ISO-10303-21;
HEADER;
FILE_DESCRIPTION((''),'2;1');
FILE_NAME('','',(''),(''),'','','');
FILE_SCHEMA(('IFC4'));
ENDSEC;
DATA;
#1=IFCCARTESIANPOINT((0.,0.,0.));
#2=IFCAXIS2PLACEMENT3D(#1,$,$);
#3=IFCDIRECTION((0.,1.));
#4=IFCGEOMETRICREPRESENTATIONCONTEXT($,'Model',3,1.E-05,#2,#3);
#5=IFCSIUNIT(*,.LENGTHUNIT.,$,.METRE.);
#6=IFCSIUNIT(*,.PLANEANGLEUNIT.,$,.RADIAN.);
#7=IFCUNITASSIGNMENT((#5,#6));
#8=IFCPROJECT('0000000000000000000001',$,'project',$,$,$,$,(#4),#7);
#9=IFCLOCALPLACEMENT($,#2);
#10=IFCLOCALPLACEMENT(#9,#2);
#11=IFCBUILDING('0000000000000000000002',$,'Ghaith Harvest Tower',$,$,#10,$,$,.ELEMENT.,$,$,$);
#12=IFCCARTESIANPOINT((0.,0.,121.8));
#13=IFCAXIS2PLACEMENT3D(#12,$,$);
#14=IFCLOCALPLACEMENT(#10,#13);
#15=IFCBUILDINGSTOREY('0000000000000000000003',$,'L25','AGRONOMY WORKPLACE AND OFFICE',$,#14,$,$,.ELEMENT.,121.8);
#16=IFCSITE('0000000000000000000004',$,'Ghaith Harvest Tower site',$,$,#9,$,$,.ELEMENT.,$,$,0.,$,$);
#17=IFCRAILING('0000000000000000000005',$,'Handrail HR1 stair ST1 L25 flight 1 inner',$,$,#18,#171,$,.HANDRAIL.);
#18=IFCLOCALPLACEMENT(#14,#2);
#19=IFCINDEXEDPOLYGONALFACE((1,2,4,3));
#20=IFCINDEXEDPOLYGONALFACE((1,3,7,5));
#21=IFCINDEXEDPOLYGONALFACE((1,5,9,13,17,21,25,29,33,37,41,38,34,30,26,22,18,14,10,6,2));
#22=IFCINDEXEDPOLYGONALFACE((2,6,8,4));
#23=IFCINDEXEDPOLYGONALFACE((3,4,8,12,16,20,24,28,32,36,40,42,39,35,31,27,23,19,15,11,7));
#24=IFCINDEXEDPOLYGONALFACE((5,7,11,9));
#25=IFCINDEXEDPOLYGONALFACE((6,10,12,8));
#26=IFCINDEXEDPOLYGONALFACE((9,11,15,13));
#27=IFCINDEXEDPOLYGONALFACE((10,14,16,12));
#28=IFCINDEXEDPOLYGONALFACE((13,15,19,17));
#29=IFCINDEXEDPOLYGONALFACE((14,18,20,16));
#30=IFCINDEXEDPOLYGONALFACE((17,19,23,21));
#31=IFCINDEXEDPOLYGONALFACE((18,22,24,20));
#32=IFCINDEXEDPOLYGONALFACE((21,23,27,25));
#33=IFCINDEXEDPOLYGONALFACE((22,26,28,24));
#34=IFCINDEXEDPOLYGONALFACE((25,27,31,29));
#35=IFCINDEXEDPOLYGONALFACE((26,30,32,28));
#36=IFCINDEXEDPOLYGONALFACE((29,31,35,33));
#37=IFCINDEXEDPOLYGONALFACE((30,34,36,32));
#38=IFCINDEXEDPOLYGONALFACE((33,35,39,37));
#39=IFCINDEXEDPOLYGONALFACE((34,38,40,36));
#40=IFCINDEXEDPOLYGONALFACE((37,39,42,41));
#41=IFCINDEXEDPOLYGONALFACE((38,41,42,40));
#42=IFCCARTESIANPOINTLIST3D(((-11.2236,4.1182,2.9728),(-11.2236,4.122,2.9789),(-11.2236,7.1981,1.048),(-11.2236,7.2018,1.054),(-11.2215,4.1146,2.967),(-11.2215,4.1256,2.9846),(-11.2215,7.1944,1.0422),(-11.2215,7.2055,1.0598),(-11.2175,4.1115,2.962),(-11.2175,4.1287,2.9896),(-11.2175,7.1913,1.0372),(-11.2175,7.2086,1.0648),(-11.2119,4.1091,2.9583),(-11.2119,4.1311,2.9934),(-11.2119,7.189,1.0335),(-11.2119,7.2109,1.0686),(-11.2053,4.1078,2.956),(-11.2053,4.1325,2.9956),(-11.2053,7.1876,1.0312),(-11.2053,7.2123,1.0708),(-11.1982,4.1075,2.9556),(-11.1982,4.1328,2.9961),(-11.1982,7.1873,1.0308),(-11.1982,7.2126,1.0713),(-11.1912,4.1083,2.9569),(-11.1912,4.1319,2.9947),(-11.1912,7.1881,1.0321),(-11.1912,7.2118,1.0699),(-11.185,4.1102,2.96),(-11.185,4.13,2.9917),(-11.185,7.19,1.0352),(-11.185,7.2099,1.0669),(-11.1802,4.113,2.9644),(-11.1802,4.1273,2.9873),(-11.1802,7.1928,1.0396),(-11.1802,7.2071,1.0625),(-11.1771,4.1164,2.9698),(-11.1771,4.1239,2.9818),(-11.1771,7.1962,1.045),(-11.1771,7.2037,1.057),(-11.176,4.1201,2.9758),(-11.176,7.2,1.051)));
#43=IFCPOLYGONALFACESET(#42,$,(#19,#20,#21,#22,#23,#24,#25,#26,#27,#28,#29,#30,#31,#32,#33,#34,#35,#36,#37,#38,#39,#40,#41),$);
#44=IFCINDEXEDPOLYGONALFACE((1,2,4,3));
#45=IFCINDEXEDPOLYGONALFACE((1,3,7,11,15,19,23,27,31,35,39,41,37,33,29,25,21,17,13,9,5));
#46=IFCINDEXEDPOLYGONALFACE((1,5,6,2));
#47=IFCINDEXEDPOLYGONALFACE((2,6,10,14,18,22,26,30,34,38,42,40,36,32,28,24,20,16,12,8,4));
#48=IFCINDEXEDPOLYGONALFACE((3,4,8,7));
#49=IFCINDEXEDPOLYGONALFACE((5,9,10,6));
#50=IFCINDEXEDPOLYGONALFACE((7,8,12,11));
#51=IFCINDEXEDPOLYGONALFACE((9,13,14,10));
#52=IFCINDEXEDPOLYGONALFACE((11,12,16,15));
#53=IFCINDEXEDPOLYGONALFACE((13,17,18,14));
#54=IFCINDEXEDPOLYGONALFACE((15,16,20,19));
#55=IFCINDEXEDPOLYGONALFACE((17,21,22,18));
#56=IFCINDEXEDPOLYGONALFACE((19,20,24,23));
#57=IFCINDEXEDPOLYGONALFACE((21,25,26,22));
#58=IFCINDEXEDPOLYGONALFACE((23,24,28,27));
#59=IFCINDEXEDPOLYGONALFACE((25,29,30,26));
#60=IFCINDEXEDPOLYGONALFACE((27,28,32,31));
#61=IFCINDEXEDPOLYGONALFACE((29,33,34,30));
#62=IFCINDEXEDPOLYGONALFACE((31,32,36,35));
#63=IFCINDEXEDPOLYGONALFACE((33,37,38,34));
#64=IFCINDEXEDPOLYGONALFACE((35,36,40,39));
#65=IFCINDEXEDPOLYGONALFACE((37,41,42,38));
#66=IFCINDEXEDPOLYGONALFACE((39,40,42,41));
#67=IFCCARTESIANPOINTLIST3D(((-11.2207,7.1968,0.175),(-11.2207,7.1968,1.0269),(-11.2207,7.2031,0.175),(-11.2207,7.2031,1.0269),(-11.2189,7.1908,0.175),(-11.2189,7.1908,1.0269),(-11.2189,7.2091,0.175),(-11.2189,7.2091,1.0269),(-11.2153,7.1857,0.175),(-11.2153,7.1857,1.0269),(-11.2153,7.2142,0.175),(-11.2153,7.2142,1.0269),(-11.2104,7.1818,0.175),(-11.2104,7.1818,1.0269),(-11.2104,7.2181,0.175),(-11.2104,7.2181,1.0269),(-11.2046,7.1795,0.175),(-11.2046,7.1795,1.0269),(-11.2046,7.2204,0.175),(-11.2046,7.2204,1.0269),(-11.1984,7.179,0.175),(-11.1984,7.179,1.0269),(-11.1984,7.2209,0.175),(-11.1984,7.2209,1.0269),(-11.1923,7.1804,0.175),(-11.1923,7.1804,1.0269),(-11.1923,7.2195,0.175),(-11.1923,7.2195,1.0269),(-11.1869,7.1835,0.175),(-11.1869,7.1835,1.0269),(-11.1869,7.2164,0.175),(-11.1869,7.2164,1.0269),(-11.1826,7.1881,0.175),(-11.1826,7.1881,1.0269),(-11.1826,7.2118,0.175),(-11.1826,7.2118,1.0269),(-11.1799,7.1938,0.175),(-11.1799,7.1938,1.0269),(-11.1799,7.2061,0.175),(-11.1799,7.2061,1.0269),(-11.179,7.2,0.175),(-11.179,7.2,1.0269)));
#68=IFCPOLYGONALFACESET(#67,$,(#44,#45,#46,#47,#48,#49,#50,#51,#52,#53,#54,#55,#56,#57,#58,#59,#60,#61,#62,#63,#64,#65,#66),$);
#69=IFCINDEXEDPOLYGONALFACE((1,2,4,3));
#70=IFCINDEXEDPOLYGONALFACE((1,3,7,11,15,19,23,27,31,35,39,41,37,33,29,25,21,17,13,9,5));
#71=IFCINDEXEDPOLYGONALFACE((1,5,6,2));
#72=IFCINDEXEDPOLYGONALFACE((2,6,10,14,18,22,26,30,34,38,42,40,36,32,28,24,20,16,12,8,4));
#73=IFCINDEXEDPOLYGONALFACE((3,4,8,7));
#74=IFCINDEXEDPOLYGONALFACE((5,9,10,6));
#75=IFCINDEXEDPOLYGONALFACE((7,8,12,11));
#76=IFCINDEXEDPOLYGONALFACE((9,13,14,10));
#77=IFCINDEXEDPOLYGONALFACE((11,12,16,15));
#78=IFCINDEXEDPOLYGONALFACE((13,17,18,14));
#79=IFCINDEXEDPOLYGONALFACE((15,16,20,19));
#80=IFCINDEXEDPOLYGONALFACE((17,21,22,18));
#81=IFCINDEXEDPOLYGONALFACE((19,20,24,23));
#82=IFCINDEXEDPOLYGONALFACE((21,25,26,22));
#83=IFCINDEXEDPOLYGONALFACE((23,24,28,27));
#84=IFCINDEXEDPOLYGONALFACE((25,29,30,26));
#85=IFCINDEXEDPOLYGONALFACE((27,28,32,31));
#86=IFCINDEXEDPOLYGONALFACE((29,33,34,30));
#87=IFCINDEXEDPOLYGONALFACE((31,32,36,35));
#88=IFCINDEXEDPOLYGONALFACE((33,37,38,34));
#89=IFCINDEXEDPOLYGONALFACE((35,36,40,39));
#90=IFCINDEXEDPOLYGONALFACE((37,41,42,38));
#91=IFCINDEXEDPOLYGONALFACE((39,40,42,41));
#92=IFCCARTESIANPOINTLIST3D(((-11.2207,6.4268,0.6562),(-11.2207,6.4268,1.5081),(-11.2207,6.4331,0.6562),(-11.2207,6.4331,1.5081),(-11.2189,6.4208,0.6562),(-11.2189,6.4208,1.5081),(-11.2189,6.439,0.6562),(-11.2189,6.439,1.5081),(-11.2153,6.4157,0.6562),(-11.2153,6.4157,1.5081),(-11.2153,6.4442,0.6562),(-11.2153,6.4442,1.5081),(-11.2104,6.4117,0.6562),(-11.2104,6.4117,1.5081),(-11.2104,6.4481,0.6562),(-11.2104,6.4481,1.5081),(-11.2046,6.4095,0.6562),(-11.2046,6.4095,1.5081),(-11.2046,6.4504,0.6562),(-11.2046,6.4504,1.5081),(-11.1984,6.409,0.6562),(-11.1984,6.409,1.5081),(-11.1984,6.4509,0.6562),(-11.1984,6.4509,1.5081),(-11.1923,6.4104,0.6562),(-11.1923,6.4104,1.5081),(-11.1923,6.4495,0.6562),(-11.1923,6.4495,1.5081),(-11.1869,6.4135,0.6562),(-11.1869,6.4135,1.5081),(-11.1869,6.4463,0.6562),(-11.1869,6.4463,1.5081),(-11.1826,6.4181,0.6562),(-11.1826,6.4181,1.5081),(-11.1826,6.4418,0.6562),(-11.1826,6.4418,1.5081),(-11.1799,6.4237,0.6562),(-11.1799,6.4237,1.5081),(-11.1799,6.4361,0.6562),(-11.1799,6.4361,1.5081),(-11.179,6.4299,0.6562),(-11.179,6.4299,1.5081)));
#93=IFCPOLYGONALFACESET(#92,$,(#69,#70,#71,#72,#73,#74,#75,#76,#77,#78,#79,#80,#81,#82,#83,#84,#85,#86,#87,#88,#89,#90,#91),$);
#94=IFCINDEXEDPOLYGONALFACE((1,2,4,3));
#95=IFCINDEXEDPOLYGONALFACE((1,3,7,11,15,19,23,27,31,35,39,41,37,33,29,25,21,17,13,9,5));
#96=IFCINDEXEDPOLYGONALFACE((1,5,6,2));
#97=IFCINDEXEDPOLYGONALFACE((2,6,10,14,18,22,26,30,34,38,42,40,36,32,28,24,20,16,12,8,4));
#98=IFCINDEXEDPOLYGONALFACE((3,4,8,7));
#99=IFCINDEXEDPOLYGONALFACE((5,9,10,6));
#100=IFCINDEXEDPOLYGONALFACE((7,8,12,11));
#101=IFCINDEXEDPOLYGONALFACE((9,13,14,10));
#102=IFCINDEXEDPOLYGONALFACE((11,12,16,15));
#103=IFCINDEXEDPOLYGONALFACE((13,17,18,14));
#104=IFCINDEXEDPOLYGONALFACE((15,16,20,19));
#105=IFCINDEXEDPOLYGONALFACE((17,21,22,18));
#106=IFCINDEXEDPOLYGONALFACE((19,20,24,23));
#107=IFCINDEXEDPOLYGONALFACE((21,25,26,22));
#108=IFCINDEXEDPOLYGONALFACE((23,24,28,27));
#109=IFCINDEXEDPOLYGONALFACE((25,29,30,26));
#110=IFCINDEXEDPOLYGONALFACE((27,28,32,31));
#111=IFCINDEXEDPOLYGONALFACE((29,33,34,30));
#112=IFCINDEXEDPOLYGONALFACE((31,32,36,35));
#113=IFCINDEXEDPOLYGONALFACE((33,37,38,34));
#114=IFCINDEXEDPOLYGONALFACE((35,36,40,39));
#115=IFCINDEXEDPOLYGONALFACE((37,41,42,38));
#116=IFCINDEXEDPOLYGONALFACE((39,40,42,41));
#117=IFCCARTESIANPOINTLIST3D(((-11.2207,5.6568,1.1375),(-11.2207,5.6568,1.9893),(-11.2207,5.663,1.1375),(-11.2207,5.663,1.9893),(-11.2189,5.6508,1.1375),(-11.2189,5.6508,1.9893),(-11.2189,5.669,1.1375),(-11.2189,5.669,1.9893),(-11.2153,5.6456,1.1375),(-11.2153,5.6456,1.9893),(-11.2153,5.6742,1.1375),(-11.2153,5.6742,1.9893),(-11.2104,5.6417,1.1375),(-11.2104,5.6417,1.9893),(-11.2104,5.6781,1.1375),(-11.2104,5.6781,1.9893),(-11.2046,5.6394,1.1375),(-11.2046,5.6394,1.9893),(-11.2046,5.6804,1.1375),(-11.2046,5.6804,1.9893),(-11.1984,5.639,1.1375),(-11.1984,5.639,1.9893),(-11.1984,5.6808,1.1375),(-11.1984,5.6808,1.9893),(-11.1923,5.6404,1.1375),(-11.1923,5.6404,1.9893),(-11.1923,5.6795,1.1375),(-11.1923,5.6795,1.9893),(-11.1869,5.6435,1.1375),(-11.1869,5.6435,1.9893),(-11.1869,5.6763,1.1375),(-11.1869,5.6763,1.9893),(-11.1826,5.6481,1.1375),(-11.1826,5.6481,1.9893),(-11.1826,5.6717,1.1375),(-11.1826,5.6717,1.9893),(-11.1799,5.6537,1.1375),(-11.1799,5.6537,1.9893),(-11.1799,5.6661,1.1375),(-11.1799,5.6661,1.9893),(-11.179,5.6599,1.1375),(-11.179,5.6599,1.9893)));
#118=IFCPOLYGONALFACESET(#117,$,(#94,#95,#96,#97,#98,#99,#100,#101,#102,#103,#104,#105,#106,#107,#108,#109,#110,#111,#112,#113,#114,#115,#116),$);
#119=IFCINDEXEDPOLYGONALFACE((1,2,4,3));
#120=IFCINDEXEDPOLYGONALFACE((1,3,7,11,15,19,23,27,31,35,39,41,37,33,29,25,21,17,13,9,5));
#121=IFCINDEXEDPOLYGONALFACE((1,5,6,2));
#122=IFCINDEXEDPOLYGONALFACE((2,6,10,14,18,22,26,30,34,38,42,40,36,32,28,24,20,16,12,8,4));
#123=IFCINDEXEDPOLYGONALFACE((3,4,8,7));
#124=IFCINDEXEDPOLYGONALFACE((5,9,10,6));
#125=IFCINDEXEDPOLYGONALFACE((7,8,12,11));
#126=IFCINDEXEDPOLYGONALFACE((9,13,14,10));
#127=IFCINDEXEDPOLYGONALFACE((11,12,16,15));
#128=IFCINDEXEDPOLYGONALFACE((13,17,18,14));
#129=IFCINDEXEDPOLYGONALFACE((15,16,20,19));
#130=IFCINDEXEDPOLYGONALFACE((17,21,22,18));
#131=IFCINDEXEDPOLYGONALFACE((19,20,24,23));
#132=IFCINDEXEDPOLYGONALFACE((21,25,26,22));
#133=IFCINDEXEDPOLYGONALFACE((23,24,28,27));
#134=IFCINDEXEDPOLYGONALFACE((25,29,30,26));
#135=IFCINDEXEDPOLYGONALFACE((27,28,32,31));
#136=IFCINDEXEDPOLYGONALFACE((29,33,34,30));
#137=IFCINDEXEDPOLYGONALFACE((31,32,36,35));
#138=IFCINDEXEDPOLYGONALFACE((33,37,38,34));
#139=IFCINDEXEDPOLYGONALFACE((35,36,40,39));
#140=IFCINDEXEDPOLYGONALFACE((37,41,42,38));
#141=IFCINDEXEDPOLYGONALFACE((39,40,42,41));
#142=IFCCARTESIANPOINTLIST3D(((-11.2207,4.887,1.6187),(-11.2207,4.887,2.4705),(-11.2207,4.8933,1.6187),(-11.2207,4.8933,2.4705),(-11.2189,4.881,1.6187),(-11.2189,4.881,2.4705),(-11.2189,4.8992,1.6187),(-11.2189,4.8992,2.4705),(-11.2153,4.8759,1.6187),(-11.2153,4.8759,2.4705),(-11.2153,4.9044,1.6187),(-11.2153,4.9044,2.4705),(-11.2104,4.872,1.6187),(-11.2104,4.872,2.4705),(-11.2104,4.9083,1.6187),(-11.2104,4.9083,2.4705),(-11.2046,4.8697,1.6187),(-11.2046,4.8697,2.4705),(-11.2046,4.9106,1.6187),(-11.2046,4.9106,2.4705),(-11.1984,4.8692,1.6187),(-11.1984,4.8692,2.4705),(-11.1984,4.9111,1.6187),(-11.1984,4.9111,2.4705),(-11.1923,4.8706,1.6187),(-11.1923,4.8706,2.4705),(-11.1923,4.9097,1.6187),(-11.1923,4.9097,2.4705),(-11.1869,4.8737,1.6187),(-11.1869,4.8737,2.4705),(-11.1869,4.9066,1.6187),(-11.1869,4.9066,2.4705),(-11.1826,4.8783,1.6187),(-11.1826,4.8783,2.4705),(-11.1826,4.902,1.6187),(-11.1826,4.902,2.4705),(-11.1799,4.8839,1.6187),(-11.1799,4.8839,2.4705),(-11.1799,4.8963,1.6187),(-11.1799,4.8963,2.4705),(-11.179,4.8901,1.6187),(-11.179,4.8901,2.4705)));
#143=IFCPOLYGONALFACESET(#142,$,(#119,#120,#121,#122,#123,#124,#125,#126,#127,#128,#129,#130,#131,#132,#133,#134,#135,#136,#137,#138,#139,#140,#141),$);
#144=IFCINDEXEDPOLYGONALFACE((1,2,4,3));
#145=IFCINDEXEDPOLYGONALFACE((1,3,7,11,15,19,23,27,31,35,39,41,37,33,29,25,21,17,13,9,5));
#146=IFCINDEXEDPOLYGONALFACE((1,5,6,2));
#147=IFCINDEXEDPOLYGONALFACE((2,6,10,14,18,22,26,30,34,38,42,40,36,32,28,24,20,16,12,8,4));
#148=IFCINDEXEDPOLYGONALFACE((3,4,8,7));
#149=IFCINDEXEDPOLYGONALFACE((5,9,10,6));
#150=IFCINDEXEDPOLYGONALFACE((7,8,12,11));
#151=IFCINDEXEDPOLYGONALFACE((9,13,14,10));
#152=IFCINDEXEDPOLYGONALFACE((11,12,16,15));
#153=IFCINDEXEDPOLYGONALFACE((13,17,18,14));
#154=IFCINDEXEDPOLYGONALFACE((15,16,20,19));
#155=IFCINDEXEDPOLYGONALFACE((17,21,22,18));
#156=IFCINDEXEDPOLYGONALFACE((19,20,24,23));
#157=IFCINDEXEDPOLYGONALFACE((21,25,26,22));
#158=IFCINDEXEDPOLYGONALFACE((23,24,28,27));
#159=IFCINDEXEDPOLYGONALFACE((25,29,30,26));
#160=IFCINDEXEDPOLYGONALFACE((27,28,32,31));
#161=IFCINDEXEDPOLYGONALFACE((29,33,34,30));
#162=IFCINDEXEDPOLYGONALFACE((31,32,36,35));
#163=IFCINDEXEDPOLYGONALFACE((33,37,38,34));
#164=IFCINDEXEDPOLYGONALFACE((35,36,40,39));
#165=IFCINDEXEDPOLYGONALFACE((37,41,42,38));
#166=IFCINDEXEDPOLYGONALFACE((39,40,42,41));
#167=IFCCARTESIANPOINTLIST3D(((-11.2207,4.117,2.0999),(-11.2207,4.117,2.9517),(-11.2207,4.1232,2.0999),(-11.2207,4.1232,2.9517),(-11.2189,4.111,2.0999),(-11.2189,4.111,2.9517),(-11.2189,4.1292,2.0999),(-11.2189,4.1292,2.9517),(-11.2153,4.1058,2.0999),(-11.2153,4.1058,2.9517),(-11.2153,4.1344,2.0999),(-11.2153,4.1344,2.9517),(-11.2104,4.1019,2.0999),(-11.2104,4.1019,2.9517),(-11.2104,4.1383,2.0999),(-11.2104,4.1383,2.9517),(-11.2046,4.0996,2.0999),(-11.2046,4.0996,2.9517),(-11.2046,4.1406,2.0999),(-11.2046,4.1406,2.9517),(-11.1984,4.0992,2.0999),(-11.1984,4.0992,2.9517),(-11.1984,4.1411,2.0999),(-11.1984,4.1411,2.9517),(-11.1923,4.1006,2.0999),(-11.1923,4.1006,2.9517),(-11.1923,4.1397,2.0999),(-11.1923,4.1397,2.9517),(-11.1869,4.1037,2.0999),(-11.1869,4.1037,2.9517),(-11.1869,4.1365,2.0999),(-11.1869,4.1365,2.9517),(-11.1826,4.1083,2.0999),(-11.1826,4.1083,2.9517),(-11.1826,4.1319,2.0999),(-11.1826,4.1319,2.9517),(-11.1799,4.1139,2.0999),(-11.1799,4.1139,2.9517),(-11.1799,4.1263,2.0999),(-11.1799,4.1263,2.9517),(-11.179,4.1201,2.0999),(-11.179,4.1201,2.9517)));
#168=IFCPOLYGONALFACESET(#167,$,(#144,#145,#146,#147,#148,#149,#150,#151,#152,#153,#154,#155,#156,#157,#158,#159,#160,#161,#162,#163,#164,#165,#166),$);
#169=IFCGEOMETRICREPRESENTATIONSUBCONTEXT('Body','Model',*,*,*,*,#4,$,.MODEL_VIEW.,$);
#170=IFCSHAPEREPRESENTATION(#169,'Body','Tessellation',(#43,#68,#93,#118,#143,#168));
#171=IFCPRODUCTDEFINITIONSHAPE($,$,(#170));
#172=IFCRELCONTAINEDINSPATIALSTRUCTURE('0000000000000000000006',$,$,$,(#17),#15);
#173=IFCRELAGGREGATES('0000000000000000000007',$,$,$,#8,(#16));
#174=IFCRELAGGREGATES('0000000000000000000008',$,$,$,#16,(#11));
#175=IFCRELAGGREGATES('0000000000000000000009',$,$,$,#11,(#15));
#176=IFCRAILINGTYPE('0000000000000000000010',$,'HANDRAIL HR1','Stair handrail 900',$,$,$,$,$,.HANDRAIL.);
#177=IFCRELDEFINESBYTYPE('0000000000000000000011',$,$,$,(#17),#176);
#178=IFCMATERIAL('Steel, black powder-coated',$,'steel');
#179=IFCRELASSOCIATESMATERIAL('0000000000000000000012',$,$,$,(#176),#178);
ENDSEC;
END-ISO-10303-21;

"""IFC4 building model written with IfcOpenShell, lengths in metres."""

from ifc_helpers import new_model, si_unit, direction, frame, origin, origin_2d, place, context, subcontext, project, spatial, circle, extrude, material, type_object, element, save


model = new_model("IFC4")

# Units and contexts
model_context = context("Model", 3, precision=1e-05, world=origin(), true_north=direction((0.0, 1.0)))
body_context = subcontext(model_context, "Body", "Model", "MODEL_VIEW")
ifc_project = project(units=[si_unit("LENGTHUNIT", "METRE"), si_unit("PLANEANGLEUNIT", "RADIAN")], contexts=[model_context])

# Site, building, storey
site_placement = place(None, origin())
site = spatial("IfcSite", under=ifc_project, at=site_placement, Name="Ghaith Harvest Tower site", CompositionType="ELEMENT", RefElevation=0.0)
building_placement = place(site_placement, origin())
building = spatial("IfcBuilding", under=site, at=building_placement, Name="Ghaith Harvest Tower", CompositionType="ELEMENT")
storey_placement = place(building_placement, frame((0.0, 0.0, 121.8)))
storey = spatial("IfcBuildingStorey", under=building, at=storey_placement, Name="L25", Description="AGRONOMY WORKPLACE AND OFFICE", CompositionType="ELEMENT", Elevation=121.8)

# Railing
ifc_material_1 = material(Name="Steel, black powder-coated", Category="steel")
railing_type = type_object("IfcRailingType", Name="HANDRAIL HR1", Description="Stair handrail 900", PredefinedType="HANDRAIL", material=ifc_material_1)
railing_1_placement = place(storey_placement, frame((-11.2, 7.2, 0.175)))
element("IfcRailing", 1, at=railing_1_placement, inside=storey, type_object=railing_type, Name="Handrail HR1 stair ST1 L25 flight 1 inner", PredefinedType="HANDRAIL", context=body_context, shape_type="SweptSolid", body=[
    extrude(circle(Radius=0.0239, at=origin_2d()), frame((0.0, 0.0, 0.876), z_axis=(0.0, -0.84801, 0.529981), x_axis=(1.0, 0.0, 0.0)), (0.0, 0.0, 1.0), 3.6318),
    extrude(circle(Radius=0.021, at=origin_2d()), origin(), (0.0, 0.0, 1.0), 0.8518),
    extrude(circle(Radius=0.021, at=origin_2d()), frame((0.0, -0.77, 0.4812)), (0.0, 0.0, 1.0), 0.8518),
    extrude(circle(Radius=0.021, at=origin_2d()), frame((0.0, -1.54, 0.9624)), (0.0, 0.0, 1.0), 0.8518),
    extrude(circle(Radius=0.021, at=origin_2d()), frame((0.0, -2.3098, 1.4436)), (0.0, 0.0, 1.0), 0.8518),
    extrude(circle(Radius=0.021, at=origin_2d()), frame((0.0, -3.0798, 1.9248)), (0.0, 0.0, 1.0), 0.8518),
])

save(model, "model.ifc")
